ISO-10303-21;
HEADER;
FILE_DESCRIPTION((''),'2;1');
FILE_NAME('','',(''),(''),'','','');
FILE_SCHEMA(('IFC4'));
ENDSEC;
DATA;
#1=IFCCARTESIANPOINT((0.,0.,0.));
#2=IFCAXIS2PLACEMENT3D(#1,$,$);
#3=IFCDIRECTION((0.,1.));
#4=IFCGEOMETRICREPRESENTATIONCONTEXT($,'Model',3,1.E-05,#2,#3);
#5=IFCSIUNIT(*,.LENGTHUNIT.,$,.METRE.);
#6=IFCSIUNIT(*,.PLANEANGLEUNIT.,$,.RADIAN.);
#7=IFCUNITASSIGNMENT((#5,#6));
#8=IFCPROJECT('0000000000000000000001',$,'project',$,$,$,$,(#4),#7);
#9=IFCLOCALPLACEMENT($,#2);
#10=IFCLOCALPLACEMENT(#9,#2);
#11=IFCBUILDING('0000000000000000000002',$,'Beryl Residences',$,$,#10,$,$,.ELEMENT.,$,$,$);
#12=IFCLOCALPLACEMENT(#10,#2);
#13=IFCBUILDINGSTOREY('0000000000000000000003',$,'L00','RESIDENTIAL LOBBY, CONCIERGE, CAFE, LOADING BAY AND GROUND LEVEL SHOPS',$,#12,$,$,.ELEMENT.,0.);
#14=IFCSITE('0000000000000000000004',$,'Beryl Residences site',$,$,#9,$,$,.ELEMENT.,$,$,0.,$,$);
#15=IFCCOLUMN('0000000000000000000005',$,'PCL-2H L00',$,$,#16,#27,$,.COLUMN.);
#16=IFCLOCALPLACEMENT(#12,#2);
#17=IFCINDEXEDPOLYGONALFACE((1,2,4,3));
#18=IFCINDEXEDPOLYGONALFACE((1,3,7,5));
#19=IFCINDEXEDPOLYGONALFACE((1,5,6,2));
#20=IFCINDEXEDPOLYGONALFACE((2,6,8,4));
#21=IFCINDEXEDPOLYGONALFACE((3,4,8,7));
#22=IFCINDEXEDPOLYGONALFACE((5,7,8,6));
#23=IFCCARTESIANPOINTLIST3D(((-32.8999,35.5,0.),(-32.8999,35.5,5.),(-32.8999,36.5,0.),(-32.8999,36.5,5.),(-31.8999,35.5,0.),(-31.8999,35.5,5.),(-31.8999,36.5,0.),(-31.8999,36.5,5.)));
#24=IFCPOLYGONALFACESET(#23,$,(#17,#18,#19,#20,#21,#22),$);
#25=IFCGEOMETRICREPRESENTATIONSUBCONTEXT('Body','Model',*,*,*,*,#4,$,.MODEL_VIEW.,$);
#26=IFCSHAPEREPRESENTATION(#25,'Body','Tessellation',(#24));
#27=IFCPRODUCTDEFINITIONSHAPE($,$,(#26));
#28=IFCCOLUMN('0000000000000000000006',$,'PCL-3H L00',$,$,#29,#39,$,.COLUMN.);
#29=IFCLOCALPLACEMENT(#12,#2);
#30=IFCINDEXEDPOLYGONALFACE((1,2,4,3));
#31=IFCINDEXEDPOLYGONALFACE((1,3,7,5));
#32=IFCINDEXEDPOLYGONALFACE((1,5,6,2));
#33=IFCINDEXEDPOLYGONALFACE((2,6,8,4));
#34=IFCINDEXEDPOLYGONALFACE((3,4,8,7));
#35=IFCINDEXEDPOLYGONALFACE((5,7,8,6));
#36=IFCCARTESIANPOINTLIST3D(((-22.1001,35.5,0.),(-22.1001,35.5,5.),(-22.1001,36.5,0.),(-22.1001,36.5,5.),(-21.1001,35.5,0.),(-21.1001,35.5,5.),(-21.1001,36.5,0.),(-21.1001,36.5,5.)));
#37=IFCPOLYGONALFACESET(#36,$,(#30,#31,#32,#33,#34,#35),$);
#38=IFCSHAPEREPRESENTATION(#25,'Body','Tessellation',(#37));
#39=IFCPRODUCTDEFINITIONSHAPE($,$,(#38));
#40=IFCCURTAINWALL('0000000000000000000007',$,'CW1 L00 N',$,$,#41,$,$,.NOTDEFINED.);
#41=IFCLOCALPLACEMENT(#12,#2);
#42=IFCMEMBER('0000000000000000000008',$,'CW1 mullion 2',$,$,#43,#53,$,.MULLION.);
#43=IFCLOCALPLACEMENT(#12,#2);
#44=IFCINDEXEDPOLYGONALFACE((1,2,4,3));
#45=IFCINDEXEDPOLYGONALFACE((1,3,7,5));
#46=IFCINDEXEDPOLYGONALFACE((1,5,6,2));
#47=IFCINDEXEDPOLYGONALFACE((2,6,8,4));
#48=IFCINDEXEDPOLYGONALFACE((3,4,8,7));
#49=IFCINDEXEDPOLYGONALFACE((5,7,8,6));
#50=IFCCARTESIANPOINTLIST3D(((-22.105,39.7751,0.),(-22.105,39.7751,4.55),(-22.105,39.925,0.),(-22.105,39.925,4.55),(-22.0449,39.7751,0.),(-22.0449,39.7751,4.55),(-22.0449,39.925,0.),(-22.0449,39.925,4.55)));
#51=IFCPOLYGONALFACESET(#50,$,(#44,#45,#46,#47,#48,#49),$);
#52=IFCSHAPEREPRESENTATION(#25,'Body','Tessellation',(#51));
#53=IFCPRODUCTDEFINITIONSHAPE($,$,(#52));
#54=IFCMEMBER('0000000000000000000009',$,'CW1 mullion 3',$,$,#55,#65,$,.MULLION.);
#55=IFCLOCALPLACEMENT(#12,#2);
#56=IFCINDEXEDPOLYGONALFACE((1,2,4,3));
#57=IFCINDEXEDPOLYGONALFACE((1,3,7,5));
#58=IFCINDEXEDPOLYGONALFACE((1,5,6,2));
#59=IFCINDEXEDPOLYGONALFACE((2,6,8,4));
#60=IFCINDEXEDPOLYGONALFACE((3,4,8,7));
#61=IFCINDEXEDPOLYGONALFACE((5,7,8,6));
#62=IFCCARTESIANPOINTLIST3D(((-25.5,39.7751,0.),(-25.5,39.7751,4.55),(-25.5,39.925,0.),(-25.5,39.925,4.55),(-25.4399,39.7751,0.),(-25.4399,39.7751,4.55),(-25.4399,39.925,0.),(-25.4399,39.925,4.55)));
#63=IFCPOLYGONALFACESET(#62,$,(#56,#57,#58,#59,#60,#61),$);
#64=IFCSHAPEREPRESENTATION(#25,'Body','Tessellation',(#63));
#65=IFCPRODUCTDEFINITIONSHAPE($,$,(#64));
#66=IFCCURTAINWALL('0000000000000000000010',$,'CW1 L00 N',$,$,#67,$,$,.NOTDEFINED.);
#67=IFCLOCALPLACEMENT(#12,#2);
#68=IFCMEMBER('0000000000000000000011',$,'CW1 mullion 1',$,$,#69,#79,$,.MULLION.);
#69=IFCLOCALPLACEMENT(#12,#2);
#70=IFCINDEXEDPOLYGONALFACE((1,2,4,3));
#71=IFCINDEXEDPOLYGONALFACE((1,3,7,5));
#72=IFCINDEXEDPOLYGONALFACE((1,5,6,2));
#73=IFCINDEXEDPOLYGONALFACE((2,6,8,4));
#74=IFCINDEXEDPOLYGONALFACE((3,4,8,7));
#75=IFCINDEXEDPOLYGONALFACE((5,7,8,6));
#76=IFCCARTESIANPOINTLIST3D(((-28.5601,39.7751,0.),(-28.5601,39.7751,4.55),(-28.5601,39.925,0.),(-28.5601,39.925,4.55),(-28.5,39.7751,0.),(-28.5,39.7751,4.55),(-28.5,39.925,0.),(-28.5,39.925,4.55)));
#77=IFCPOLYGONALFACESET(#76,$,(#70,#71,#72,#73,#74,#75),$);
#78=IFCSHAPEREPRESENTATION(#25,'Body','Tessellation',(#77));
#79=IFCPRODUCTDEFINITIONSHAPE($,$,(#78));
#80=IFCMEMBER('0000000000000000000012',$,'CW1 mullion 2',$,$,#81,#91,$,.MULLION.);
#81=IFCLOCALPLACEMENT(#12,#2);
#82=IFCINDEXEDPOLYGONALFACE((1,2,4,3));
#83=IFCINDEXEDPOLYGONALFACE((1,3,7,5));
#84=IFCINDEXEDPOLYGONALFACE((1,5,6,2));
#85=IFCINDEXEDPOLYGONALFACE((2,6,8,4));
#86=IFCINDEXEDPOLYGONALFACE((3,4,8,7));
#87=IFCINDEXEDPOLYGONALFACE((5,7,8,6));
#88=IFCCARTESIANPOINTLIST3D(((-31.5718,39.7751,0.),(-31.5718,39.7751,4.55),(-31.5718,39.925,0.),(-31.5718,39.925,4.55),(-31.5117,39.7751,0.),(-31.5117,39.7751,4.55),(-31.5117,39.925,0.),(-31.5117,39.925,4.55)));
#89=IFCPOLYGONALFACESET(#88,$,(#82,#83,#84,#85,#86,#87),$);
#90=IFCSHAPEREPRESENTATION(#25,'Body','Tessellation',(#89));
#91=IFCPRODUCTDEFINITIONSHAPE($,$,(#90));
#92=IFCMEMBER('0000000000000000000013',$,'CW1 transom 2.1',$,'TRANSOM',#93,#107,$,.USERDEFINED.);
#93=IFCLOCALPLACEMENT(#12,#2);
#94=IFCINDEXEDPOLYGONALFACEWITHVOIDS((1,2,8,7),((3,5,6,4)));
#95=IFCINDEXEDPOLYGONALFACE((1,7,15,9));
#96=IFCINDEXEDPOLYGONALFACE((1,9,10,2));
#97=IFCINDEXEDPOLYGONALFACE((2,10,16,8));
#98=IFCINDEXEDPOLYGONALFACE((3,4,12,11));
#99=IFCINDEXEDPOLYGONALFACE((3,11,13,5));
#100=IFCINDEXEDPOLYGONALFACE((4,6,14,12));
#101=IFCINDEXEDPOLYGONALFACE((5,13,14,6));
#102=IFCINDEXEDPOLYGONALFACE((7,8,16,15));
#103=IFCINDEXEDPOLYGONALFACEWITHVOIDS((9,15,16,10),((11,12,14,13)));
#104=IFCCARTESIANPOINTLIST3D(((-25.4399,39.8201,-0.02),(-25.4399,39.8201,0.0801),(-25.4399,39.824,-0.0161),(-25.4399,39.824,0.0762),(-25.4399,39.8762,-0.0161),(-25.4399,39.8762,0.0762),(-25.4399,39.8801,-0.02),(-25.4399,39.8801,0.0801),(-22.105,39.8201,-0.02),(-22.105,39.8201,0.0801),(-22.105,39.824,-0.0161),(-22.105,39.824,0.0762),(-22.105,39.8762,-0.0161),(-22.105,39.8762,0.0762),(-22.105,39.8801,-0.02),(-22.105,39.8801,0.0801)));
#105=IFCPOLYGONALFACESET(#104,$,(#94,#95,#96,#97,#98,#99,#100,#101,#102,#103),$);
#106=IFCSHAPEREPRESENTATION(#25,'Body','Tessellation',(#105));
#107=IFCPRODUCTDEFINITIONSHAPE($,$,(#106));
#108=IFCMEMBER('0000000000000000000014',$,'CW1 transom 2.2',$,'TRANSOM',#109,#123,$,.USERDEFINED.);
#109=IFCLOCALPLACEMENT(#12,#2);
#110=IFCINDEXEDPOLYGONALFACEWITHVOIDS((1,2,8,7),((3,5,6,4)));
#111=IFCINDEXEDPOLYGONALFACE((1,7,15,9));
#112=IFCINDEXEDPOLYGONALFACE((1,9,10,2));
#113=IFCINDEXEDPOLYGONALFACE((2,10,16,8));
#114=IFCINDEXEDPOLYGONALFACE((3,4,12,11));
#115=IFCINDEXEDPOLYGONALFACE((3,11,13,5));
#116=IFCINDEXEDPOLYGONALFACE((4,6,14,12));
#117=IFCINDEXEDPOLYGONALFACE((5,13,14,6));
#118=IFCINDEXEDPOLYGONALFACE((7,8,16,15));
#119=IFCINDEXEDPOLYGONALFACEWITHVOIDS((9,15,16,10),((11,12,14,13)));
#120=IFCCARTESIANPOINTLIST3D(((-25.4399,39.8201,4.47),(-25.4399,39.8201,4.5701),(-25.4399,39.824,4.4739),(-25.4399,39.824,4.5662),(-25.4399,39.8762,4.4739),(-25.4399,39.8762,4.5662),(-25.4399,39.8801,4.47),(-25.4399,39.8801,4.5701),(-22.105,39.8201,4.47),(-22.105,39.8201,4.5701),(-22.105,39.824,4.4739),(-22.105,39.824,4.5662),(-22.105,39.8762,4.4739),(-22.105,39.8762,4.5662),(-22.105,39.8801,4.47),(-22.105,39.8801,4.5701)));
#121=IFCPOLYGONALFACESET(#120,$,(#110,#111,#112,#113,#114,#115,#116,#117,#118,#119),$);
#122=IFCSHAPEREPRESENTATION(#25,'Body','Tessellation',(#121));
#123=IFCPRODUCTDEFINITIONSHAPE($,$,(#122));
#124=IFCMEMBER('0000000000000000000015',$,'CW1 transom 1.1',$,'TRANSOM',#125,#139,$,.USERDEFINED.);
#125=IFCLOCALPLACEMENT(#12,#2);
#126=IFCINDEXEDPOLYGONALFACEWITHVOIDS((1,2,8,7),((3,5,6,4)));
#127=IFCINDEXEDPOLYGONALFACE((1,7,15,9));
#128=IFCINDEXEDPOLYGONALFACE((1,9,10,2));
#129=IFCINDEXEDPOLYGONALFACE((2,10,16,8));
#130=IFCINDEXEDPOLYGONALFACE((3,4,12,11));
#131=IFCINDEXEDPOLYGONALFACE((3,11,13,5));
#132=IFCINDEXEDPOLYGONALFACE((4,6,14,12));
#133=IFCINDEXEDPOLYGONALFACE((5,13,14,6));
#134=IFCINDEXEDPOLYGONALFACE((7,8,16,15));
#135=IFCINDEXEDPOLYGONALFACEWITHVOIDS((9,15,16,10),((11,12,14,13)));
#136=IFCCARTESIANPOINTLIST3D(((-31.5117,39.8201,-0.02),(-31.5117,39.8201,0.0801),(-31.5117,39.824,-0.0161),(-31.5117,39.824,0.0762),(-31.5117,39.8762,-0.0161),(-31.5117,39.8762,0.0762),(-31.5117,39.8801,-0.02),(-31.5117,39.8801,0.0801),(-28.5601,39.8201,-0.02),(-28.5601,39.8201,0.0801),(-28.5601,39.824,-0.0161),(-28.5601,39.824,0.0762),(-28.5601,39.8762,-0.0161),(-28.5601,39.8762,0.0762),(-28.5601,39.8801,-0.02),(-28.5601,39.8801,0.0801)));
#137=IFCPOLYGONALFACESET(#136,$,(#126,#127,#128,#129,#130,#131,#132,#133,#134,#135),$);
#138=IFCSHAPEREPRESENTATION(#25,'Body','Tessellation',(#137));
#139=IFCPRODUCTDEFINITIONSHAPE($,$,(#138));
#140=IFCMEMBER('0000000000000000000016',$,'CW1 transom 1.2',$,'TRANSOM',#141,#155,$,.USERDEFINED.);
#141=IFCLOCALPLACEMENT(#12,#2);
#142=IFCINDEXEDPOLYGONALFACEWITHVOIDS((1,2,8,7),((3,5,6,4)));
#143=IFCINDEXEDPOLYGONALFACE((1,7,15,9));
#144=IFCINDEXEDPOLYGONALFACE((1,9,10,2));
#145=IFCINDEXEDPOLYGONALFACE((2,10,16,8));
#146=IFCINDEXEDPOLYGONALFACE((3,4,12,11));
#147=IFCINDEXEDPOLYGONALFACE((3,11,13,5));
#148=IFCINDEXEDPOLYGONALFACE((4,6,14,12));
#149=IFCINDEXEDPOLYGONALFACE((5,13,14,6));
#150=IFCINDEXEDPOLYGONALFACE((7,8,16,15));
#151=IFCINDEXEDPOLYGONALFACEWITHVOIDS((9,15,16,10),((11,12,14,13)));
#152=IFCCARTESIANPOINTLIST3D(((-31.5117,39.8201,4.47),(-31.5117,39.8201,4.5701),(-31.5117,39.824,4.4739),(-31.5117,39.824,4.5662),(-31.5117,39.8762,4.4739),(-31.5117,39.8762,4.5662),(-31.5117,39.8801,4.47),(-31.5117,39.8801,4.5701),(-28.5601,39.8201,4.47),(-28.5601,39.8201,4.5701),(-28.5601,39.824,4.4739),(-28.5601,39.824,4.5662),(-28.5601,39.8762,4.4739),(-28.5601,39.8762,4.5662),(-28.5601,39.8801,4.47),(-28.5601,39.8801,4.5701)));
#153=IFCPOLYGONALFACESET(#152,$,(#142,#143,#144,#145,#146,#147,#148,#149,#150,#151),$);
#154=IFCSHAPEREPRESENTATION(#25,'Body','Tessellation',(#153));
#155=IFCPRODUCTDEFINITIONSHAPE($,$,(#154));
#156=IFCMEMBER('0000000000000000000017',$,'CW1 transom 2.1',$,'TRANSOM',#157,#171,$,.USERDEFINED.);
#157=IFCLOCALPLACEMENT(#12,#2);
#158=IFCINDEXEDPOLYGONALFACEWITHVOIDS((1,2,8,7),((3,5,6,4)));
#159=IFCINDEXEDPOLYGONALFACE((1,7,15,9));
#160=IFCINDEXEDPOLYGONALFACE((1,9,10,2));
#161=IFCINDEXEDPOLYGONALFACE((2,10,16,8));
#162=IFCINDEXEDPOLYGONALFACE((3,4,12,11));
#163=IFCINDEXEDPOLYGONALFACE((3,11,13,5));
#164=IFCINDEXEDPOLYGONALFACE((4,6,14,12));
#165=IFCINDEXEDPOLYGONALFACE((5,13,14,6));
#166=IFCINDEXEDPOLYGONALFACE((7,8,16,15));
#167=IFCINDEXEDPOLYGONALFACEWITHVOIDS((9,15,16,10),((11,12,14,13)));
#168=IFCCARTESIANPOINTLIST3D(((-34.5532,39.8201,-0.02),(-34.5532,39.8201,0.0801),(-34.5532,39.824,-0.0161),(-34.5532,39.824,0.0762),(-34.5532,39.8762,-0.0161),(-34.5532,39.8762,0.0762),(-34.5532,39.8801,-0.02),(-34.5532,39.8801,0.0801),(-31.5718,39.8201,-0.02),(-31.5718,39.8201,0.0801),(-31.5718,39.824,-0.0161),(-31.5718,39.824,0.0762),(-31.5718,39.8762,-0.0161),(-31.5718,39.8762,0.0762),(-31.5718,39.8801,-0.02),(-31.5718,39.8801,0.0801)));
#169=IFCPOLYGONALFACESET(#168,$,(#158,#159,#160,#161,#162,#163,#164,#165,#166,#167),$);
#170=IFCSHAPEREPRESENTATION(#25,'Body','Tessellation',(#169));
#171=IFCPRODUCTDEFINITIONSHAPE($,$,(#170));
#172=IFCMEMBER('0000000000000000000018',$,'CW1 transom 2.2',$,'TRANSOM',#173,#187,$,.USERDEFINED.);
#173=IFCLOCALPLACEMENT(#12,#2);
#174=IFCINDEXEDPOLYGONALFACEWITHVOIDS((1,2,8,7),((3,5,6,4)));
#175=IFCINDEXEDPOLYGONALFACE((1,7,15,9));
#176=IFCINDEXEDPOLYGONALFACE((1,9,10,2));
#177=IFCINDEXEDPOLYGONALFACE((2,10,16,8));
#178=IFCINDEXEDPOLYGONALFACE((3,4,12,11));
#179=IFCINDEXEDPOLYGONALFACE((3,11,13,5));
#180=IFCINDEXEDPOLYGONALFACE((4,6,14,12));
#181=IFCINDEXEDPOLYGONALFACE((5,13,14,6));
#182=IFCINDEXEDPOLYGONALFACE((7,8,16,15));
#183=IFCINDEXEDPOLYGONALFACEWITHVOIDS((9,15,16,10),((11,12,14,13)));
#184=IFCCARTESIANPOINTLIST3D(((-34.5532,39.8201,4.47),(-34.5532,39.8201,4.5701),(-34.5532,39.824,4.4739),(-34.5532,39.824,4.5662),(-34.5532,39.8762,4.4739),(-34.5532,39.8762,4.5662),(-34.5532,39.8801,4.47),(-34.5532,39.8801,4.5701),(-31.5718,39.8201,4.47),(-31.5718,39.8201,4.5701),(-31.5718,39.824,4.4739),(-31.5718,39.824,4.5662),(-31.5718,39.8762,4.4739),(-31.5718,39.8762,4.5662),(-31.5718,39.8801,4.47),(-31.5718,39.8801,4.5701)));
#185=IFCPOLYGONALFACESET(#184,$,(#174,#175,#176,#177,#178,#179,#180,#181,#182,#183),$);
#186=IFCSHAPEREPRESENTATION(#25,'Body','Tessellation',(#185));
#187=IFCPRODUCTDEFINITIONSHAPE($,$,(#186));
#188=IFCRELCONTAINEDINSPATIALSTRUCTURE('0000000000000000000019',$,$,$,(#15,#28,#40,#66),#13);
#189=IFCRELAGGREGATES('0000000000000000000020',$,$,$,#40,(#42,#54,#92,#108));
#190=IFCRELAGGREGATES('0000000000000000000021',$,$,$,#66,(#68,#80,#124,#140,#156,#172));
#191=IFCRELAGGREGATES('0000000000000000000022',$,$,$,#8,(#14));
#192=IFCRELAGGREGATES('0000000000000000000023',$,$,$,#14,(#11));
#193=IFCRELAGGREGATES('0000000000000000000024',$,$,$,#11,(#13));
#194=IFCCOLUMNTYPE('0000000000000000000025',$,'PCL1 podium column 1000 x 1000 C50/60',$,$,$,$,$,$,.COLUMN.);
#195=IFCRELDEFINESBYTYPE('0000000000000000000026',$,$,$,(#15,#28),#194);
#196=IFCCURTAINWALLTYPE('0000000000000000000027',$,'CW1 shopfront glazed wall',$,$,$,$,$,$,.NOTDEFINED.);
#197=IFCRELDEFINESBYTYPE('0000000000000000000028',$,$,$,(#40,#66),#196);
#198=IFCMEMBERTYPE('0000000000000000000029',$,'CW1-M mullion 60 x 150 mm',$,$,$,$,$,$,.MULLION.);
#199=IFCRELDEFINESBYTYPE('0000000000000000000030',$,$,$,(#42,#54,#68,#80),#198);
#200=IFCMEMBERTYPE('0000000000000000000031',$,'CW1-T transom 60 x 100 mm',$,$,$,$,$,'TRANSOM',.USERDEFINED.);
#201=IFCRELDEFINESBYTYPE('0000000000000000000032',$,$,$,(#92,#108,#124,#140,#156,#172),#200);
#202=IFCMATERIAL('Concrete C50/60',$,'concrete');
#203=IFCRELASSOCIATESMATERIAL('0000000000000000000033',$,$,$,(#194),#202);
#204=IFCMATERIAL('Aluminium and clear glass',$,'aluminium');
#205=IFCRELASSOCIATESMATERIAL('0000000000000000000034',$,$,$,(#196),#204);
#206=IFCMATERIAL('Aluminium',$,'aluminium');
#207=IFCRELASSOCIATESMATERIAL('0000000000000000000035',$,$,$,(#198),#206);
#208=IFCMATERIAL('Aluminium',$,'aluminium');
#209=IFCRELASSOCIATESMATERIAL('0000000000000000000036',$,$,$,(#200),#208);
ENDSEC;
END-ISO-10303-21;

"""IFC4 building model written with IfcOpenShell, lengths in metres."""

from ifc_helpers import new_model, si_unit, direction, frame, origin, origin_2d, place, context, subcontext, project, spatial, rectangle, hollow_rectangle, extrude, material, material_profile, profile_set, type_object, element, aggregate, save


model = new_model("IFC4")

# Units and contexts
model_context = context("Model", 3, precision=1e-05, world=origin(), true_north=direction((0.0, 1.0)))
body_context = subcontext(model_context, "Body", "Model", "MODEL_VIEW")
ifc_project = project(units=[si_unit("LENGTHUNIT", "METRE"), si_unit("PLANEANGLEUNIT", "RADIAN")], contexts=[model_context])

# Site, building, storey
site_placement = place(None, origin())
site = spatial("IfcSite", under=ifc_project, at=site_placement, Name="Beryl Residences site", CompositionType="ELEMENT", RefElevation=0.0)
building_placement = place(site_placement, origin())
building = spatial("IfcBuilding", under=site, at=building_placement, Name="Beryl Residences", CompositionType="ELEMENT")
storey_placement = place(building_placement, origin())
storey = spatial("IfcBuildingStorey", under=building, at=storey_placement, Name="L00", Description="RESIDENTIAL LOBBY, CONCIERGE, CAFE, LOADING BAY AND GROUND LEVEL SHOPS", CompositionType="ELEMENT", Elevation=0.0)

# Columns
ifc_material_1 = material(Name="Concrete C50/60", Category="concrete")
ifc_material_profile_1 = material_profile(ifc_material_1, rectangle(XDim=1.0, YDim=1.0, at=origin_2d()))
ifc_profile_set_1 = profile_set([ifc_material_profile_1], Name="Concrete C50/60")
column_type = type_object("IfcColumnType", Name="PCL1 podium column 1000 x 1000 C50/60", PredefinedType="COLUMN", material=ifc_profile_set_1)
for number, where, z_axis, x_axis, name in (
    (1, (-32.3999, 36.0, 0.0), (0.0, 0.0, 1.0), (1.0, 0.0, 0.0), "PCL-2H L00"),
    (2, (-21.6001, 36.0, 0.0), (0.0, 0.0, 1.0), (1.0, 0.0, 0.0), "PCL-3H L00"),
):
    element("IfcColumn", number, at=place(storey_placement, frame(where, z_axis=z_axis, x_axis=x_axis)), inside=storey, type_object=column_type, Name=name, PredefinedType="COLUMN", context=body_context, shape_type="SweptSolid", body=[
        extrude(rectangle(XDim=1.0, YDim=1.0, at=origin_2d()), origin(), (0.0, 0.0, 1.0), 5.0),
    ])

# Curtain walls, members
ifc_material_2 = material(Name="Aluminium and clear glass", Category="aluminium")
curtain_wall_type = type_object("IfcCurtainWallType", Name="CW1 shopfront glazed wall", PredefinedType="NOTDEFINED", material=ifc_material_2)
curtain_wall_1_placement = place(storey_placement, origin())
curtain_wall_1 = element("IfcCurtainWall", 3, at=curtain_wall_1_placement, inside=storey, type_object=curtain_wall_type, Name="CW1 L00 N", PredefinedType="NOTDEFINED")
ifc_material_3 = material(Name="Aluminium", Category="aluminium")
ifc_material_profile_2 = material_profile(ifc_material_3, rectangle(XDim=0.0601, YDim=0.1499, at=origin_2d()))
ifc_profile_set_2 = profile_set([ifc_material_profile_2], Name="Aluminium")
member_type_1 = type_object("IfcMemberType", Name="CW1-M mullion 60 x 150 mm", PredefinedType="MULLION", material=ifc_profile_set_2)
member_1_placement = place(storey_placement, frame((-22.075, 39.8501, 0.0), z_axis=(0.0, 0.0, 1.0), x_axis=(-1.0, 0.0, 0.0)))
member_1 = element("IfcMember", 4, at=member_1_placement, type_object=member_type_1, Name="CW1 mullion 2", PredefinedType="MULLION", context=body_context, shape_type="SweptSolid", body=[
    extrude(rectangle(XDim=0.0601, YDim=0.1499, at=origin_2d()), origin(), (0.0, 0.0, 1.0), 4.55),
])
member_2_placement = place(storey_placement, frame((-25.47, 39.8501, 0.0), z_axis=(0.0, 0.0, 1.0), x_axis=(-1.0, 0.0, 0.0)))
member_2 = element("IfcMember", 5, at=member_2_placement, type_object=member_type_1, Name="CW1 mullion 3", PredefinedType="MULLION", context=body_context, shape_type="SweptSolid", body=[
    extrude(rectangle(XDim=0.0601, YDim=0.1499, at=origin_2d()), origin(), (0.0, 0.0, 1.0), 4.55),
])
curtain_wall_2_placement = place(storey_placement, origin())
curtain_wall_2 = element("IfcCurtainWall", 6, at=curtain_wall_2_placement, inside=storey, type_object=curtain_wall_type, Name="CW1 L00 N", PredefinedType="NOTDEFINED")
member_3_placement = place(storey_placement, frame((-28.53, 39.8501, 0.0), z_axis=(0.0, 0.0, 1.0), x_axis=(-1.0, 0.0, 0.0)))
member_3 = element("IfcMember", 7, at=member_3_placement, type_object=member_type_1, Name="CW1 mullion 1", PredefinedType="MULLION", context=body_context, shape_type="SweptSolid", body=[
    extrude(rectangle(XDim=0.0601, YDim=0.1499, at=origin_2d()), origin(), (0.0, 0.0, 1.0), 4.55),
])
member_4_placement = place(storey_placement, frame((-31.5417, 39.8501, 0.0), z_axis=(0.0, 0.0, 1.0), x_axis=(-1.0, 0.0, 0.0)))
member_4 = element("IfcMember", 8, at=member_4_placement, type_object=member_type_1, Name="CW1 mullion 2", PredefinedType="MULLION", context=body_context, shape_type="SweptSolid", body=[
    extrude(rectangle(XDim=0.0601, YDim=0.1499, at=origin_2d()), origin(), (0.0, 0.0, 1.0), 4.55),
])

# Members
ifc_material_4 = material(Name="Aluminium", Category="aluminium")
ifc_material_profile_3 = material_profile(ifc_material_4, hollow_rectangle(XDim=0.0601, YDim=0.1001, WallThickness=0.0039, at=origin_2d()))
ifc_profile_set_3 = profile_set([ifc_material_profile_3], Name="Aluminium")
member_type_2 = type_object("IfcMemberType", Name="CW1-T transom 60 x 100 mm", ElementType="TRANSOM", PredefinedType="USERDEFINED", material=ifc_profile_set_3)
member_5_placement = place(storey_placement, frame((-22.105, 39.8501, 0.03), z_axis=(-1.0, 0.0, 0.0), x_axis=(0.0, -1.0, 0.0)))
member_5 = element("IfcMember", 9, at=member_5_placement, type_object=member_type_2, Name="CW1 transom 2.1", ObjectType="TRANSOM", PredefinedType="USERDEFINED", context=body_context, shape_type="SweptSolid", body=[
    extrude(hollow_rectangle(XDim=0.0601, YDim=0.1001, WallThickness=0.0039, at=origin_2d()), origin(), (0.0, 0.0, 1.0), 3.335),
])
member_6_placement = place(storey_placement, frame((-22.105, 39.8501, 4.52), z_axis=(-1.0, 0.0, 0.0), x_axis=(0.0, -1.0, 0.0)))
member_6 = element("IfcMember", 10, at=member_6_placement, type_object=member_type_2, Name="CW1 transom 2.2", ObjectType="TRANSOM", PredefinedType="USERDEFINED", context=body_context, shape_type="SweptSolid", body=[
    extrude(hollow_rectangle(XDim=0.0601, YDim=0.1001, WallThickness=0.0039, at=origin_2d()), origin(), (0.0, 0.0, 1.0), 3.335),
])
member_7_placement = place(storey_placement, frame((-28.5601, 39.8501, 0.03), z_axis=(-1.0, 0.0, 0.0), x_axis=(0.0, -1.0, 0.0)))
member_7 = element("IfcMember", 11, at=member_7_placement, type_object=member_type_2, Name="CW1 transom 1.1", ObjectType="TRANSOM", PredefinedType="USERDEFINED", context=body_context, shape_type="SweptSolid", body=[
    extrude(hollow_rectangle(XDim=0.0601, YDim=0.1001, WallThickness=0.0039, at=origin_2d()), origin(), (0.0, 0.0, 1.0), 2.9517),
])
member_8_placement = place(storey_placement, frame((-28.5601, 39.8501, 4.52), z_axis=(-1.0, 0.0, 0.0), x_axis=(0.0, -1.0, 0.0)))
member_8 = element("IfcMember", 12, at=member_8_placement, type_object=member_type_2, Name="CW1 transom 1.2", ObjectType="TRANSOM", PredefinedType="USERDEFINED", context=body_context, shape_type="SweptSolid", body=[
    extrude(hollow_rectangle(XDim=0.0601, YDim=0.1001, WallThickness=0.0039, at=origin_2d()), origin(), (0.0, 0.0, 1.0), 2.9517),
])
member_9_placement = place(storey_placement, frame((-31.5718, 39.8501, 0.03), z_axis=(-1.0, 0.0, 0.0), x_axis=(0.0, -1.0, 0.0)))
member_9 = element("IfcMember", 13, at=member_9_placement, type_object=member_type_2, Name="CW1 transom 2.1", ObjectType="TRANSOM", PredefinedType="USERDEFINED", context=body_context, shape_type="SweptSolid", body=[
    extrude(hollow_rectangle(XDim=0.0601, YDim=0.1001, WallThickness=0.0039, at=origin_2d()), origin(), (0.0, 0.0, 1.0), 2.9814),
])
member_10_placement = place(storey_placement, frame((-31.5718, 39.8501, 4.52), z_axis=(-1.0, 0.0, 0.0), x_axis=(0.0, -1.0, 0.0)))
member_10 = element("IfcMember", 14, at=member_10_placement, type_object=member_type_2, Name="CW1 transom 2.2", ObjectType="TRANSOM", PredefinedType="USERDEFINED", context=body_context, shape_type="SweptSolid", body=[
    extrude(hollow_rectangle(XDim=0.0601, YDim=0.1001, WallThickness=0.0039, at=origin_2d()), origin(), (0.0, 0.0, 1.0), 2.9814),
])

aggregate(curtain_wall_1, [member_1, member_2, member_5, member_6])
aggregate(curtain_wall_2, [member_3, member_4, member_7, member_8, member_9, member_10])

save(model, "model.ifc")
